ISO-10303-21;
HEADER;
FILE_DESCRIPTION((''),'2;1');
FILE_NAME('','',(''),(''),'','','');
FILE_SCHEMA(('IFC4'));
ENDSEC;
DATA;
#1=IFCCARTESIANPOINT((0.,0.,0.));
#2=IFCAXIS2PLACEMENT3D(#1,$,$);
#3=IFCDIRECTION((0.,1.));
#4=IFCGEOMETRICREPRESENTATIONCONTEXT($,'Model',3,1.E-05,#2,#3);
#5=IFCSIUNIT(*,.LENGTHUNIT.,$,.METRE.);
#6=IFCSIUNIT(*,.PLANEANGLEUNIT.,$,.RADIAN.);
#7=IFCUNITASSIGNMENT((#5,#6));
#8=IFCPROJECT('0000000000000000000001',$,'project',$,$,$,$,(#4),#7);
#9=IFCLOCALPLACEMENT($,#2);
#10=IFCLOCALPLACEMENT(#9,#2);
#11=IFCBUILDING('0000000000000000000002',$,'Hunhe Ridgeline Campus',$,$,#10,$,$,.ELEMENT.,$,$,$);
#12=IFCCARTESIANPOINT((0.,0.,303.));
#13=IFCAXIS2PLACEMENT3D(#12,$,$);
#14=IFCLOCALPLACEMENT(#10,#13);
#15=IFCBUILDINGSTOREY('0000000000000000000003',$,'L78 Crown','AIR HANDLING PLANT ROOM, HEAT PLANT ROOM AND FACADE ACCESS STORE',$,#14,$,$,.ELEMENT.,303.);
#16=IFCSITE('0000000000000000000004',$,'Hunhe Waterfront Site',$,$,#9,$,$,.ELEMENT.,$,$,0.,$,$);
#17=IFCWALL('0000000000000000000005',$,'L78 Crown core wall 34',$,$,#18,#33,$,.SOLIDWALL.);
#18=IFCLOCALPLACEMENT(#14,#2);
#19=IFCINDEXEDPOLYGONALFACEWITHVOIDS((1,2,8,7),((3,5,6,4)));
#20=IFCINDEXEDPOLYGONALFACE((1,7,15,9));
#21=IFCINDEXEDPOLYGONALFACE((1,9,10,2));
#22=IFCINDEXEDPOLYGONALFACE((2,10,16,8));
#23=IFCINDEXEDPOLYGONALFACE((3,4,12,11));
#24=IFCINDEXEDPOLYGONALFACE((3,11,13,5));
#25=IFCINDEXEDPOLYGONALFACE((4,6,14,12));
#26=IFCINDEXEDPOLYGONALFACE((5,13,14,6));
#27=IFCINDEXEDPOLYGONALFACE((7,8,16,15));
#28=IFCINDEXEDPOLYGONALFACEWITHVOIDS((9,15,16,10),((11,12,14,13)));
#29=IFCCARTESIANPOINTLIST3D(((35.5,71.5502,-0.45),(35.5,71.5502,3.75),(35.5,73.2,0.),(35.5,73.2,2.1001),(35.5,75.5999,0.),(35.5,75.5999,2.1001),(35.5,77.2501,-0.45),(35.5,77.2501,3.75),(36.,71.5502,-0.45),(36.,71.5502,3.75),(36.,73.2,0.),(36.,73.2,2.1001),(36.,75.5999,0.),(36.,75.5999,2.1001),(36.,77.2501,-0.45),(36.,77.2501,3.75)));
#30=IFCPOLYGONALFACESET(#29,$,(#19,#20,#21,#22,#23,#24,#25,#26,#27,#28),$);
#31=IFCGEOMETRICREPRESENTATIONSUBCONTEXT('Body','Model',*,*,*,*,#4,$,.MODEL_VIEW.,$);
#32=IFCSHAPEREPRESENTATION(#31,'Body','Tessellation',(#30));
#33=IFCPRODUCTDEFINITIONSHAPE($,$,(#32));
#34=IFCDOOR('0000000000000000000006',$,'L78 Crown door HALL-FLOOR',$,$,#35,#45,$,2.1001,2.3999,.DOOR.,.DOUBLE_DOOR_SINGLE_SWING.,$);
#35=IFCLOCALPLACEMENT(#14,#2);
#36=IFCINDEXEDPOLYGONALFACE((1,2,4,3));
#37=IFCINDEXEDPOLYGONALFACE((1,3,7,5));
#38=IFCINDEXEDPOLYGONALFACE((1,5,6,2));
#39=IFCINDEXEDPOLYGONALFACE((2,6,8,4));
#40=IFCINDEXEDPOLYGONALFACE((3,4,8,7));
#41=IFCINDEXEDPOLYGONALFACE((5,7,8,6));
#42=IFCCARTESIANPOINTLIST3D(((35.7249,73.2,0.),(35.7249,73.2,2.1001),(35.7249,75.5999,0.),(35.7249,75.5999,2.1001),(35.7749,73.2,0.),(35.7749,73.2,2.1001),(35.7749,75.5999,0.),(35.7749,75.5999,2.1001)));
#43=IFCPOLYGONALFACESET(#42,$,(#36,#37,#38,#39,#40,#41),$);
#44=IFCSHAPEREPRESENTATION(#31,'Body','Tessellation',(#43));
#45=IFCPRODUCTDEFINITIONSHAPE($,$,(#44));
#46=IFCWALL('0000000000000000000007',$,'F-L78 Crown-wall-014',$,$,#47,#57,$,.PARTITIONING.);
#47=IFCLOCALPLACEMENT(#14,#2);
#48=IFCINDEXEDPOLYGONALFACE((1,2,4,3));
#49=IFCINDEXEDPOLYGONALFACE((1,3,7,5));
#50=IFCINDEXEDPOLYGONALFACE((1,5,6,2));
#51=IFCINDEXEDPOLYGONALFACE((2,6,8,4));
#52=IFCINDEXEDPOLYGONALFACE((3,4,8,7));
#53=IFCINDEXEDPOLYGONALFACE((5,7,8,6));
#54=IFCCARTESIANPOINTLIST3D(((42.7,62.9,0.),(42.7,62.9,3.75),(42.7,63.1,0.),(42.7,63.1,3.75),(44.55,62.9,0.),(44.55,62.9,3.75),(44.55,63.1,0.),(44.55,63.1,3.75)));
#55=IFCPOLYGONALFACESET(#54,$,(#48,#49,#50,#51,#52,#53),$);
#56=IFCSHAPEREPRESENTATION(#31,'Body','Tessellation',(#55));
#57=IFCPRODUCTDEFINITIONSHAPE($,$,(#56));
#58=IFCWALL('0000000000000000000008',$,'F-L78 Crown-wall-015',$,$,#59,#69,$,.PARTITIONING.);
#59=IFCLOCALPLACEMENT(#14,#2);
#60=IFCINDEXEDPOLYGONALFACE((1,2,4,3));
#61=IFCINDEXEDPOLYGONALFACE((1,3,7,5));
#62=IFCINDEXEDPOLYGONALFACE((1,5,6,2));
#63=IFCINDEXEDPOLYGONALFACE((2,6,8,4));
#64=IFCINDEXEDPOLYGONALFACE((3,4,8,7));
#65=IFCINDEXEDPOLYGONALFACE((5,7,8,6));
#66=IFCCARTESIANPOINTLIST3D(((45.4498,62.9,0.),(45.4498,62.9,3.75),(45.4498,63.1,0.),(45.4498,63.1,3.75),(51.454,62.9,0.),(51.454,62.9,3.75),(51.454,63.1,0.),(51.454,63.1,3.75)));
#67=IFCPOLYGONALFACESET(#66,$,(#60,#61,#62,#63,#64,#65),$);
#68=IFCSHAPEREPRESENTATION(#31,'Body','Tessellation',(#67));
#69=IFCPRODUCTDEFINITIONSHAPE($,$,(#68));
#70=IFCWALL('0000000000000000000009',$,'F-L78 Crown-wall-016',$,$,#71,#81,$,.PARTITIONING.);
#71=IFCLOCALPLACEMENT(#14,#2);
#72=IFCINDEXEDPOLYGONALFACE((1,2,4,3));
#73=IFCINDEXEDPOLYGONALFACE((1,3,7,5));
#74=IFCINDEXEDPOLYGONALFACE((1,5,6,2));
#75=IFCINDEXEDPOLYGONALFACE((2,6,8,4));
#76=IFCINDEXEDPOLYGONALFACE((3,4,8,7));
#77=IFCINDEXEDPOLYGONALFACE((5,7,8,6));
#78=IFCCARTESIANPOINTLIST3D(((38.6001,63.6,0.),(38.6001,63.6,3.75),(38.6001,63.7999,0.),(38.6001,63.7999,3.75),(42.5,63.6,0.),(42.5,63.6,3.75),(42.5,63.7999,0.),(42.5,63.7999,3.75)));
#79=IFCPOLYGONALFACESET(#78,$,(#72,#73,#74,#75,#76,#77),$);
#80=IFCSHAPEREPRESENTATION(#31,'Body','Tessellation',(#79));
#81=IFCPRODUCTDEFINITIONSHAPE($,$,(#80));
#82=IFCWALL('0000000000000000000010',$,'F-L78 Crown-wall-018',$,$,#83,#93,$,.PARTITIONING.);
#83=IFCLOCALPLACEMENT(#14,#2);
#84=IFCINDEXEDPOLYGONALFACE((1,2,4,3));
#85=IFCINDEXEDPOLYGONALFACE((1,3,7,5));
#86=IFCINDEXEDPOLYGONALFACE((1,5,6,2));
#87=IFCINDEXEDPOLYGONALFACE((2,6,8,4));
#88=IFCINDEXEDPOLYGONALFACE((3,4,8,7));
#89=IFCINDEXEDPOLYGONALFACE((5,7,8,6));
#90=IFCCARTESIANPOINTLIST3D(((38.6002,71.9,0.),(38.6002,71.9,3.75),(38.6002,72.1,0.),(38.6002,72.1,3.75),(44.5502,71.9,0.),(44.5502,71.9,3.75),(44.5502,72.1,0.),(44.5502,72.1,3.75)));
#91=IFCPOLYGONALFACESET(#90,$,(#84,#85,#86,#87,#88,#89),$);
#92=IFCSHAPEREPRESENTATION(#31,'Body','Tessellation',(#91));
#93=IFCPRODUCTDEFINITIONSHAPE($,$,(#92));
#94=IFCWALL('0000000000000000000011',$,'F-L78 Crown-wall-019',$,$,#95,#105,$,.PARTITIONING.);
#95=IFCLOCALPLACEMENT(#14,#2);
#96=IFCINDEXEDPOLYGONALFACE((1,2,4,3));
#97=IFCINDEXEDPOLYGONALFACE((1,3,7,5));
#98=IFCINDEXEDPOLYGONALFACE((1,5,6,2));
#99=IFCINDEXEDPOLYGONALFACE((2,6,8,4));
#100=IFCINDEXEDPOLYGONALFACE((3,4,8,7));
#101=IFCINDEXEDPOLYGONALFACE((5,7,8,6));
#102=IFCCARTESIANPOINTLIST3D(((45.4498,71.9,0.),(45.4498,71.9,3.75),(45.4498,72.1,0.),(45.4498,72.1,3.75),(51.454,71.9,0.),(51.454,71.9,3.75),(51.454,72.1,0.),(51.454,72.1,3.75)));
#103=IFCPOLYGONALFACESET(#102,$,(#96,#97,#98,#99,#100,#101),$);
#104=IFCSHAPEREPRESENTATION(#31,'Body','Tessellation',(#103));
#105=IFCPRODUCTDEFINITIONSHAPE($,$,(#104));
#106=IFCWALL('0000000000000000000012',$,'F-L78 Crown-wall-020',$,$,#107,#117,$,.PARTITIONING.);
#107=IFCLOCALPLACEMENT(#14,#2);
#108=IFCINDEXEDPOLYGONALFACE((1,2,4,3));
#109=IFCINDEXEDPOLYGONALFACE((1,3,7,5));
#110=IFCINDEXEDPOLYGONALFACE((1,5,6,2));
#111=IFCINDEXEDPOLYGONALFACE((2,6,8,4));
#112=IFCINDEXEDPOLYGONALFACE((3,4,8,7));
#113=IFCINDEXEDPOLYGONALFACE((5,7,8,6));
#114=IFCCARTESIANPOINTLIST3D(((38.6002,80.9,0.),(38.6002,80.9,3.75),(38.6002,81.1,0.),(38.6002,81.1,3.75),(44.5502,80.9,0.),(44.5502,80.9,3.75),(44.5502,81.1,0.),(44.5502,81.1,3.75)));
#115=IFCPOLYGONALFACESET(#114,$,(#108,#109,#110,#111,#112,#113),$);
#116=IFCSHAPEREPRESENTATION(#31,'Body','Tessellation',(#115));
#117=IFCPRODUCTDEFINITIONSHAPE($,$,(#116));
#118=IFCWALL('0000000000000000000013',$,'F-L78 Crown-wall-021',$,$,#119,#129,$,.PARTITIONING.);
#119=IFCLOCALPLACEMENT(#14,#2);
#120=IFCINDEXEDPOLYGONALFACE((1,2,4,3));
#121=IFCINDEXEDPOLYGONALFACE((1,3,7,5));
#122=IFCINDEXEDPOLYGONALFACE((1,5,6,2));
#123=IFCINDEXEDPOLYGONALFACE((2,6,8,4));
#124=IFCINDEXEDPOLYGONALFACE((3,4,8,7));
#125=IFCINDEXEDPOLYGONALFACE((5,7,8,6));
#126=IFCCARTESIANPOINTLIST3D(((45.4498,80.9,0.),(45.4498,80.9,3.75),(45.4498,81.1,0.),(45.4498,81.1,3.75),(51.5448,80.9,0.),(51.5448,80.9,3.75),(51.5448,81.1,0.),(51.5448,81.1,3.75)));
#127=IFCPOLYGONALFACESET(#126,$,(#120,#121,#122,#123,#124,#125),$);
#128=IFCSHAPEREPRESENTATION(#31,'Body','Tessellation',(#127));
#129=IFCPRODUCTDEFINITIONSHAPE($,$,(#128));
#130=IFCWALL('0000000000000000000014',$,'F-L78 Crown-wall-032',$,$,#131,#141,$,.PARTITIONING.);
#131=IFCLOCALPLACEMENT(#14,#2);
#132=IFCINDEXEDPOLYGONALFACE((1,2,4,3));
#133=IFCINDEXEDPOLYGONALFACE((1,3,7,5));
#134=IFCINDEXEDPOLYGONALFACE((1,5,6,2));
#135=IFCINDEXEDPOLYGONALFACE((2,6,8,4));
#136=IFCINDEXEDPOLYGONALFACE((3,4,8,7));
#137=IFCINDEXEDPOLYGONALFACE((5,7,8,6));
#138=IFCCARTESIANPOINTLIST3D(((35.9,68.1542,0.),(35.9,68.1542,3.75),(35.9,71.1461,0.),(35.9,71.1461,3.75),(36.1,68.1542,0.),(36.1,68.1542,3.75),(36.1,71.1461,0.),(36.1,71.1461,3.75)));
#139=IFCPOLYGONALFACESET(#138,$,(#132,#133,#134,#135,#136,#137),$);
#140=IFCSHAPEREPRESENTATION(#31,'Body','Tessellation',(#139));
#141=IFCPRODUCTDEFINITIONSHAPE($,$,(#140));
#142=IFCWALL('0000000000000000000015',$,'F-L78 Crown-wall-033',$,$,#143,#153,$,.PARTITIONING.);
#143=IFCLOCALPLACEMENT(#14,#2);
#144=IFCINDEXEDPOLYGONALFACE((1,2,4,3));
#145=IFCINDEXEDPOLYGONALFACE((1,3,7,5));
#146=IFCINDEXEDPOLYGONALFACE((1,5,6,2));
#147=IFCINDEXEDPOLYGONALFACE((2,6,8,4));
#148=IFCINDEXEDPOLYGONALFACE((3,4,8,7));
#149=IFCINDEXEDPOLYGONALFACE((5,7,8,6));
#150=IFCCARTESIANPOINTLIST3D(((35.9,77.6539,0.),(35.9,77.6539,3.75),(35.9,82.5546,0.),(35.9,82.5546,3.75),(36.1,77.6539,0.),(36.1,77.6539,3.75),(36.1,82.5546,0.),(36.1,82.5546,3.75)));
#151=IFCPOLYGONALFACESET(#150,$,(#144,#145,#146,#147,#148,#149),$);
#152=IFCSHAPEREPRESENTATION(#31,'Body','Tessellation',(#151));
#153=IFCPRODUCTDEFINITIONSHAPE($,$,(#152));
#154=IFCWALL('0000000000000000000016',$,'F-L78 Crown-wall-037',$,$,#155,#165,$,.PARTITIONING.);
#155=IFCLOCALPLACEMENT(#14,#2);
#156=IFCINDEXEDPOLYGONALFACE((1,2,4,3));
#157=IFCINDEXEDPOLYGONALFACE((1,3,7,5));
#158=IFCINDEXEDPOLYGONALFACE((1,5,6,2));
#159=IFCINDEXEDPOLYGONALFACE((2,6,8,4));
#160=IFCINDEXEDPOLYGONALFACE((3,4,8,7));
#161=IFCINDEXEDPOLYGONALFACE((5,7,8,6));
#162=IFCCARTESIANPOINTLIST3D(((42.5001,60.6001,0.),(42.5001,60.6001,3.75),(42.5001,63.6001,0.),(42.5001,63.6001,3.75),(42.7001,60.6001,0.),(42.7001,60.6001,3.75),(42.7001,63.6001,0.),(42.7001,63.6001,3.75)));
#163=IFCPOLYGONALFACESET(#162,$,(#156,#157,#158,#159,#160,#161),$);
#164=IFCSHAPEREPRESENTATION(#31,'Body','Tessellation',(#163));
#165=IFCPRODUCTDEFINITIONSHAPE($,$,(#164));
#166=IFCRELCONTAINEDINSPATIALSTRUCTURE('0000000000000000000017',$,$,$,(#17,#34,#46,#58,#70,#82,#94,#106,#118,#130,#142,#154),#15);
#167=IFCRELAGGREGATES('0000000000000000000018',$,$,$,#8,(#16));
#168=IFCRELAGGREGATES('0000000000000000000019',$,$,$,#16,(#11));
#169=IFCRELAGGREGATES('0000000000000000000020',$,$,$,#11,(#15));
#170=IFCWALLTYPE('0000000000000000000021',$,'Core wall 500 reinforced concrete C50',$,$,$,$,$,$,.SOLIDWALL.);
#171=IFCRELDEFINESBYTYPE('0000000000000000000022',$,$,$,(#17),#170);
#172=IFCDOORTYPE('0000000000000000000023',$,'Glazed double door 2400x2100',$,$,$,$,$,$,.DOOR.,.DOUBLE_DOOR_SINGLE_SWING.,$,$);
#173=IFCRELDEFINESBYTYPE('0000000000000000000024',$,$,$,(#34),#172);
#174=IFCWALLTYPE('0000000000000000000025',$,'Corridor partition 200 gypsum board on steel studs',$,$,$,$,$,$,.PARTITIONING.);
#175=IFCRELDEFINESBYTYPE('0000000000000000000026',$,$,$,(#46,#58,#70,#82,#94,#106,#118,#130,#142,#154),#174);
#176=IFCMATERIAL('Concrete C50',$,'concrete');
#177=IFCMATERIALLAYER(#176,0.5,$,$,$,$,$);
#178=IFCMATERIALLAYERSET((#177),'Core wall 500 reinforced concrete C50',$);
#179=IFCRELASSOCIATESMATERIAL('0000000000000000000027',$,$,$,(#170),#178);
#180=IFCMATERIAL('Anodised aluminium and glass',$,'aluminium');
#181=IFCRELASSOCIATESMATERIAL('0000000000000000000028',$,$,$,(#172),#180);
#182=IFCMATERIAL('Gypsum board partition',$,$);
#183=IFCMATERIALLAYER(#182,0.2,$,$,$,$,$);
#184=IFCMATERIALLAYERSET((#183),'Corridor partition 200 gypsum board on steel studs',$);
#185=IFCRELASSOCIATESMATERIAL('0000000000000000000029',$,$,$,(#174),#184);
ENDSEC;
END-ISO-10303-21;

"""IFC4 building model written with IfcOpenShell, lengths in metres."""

from ifc_helpers import new_model, si_unit, direction, frame, frame_2d, origin, place, context, subcontext, project, spatial, rectangle, extrude, material, layer, layer_set, type_object, element, fill, save


model = new_model("IFC4")

# Units and contexts
model_context = context("Model", 3, precision=1e-05, world=origin(), true_north=direction((0.0, 1.0)))
body_context = subcontext(model_context, "Body", "Model", "MODEL_VIEW")
ifc_project = project(units=[si_unit("LENGTHUNIT", "METRE"), si_unit("PLANEANGLEUNIT", "RADIAN")], contexts=[model_context])

# Site, building, storey
site_placement = place(None, origin())
site = spatial("IfcSite", under=ifc_project, at=site_placement, Name="Hunhe Waterfront Site", CompositionType="ELEMENT", RefElevation=0.0)
building_placement = place(site_placement, origin())
building = spatial("IfcBuilding", under=site, at=building_placement, Name="Hunhe Ridgeline Campus", CompositionType="ELEMENT")
storey_placement = place(building_placement, frame((0.0, 0.0, 303.0)))
storey = spatial("IfcBuildingStorey", under=building, at=storey_placement, Name="L78 Crown", Description="AIR HANDLING PLANT ROOM, HEAT PLANT ROOM AND FACADE ACCESS STORE", CompositionType="ELEMENT", Elevation=303.0)

# Shared definitions
ifc_material_1 = material(Name="Concrete C50", Category="concrete")

# Wall, opening, door
ifc_layer_1 = layer(ifc_material_1, 0.5)
ifc_layer_set_1 = layer_set([ifc_layer_1], Name="Core wall 500 reinforced concrete C50")
wall_type_1 = type_object("IfcWallType", Name="Core wall 500 reinforced concrete C50", PredefinedType="SOLIDWALL", material=ifc_layer_set_1)
wall_1_placement = place(storey_placement, frame((35.75, 71.55, -0.45), z_axis=(0.0, 0.0, 1.0), x_axis=(0.0, 1.0, 0.0)))
wall_1 = element("IfcWall", 1, at=wall_1_placement, inside=storey, type_object=wall_type_1, Name="L78 Crown core wall 34", PredefinedType="SOLIDWALL", context=body_context, shape_type="SweptSolid", body=[
    extrude(rectangle(XDim=5.7, YDim=0.5, at=frame_2d((2.8501, 0.0))), origin(), (0.0, 0.0, 1.0), 4.2),
])
opening_1_placement = place(wall_1_placement, frame((1.6499, 0.0, 0.45)))
opening_1 = element("IfcOpeningElement", 2, at=opening_1_placement, cuts=wall_1, PredefinedType="OPENING", context=body_context, shape_type="SweptSolid", body=[
    extrude(rectangle(XDim=2.3999, YDim=2.1001, at=frame_2d((1.2, 1.05))), frame((0.0, 0.25, 0.0), z_axis=(0.0, -1.0, 0.0), x_axis=(1.0, 0.0, 0.0)), (0.0, 0.0, 1.0), 0.5),
])
ifc_material_2 = material(Name="Anodised aluminium and glass", Category="aluminium")
door_type_1 = type_object("IfcDoorType", Name="Glazed double door 2400x2100", OperationType="DOUBLE_DOOR_SINGLE_SWING", PredefinedType="DOOR", material=ifc_material_2)
door_1_placement = place(opening_1_placement, frame((2.3999, 0.0, 0.0), z_axis=(0.0, 0.0, 1.0), x_axis=(-1.0, 0.0, 0.0)))
door_1 = element("IfcDoor", 3, at=door_1_placement, inside=storey, type_object=door_type_1, Name="L78 Crown door HALL-FLOOR", OperationType="DOUBLE_DOOR_SINGLE_SWING", OverallHeight=2.1001, OverallWidth=2.3999, PredefinedType="DOOR", context=body_context, shape_type="SweptSolid", body=[
    extrude(rectangle(XDim=2.3999, YDim=2.1001, at=frame_2d((1.2, 1.05))), frame((0.0, 0.0249, 0.0), z_axis=(0.0, -1.0, 0.0), x_axis=(1.0, 0.0, 0.0)), (0.0, 0.0, 1.0), 0.05),
])
fill(opening_1, door_1)

# Walls
ifc_material_3 = material(Name="Gypsum board partition")
ifc_layer_2 = layer(ifc_material_3, 0.2)
ifc_layer_set_2 = layer_set([ifc_layer_2], Name="Corridor partition 200 gypsum board on steel studs")
wall_type_2 = type_object("IfcWallType", Name="Corridor partition 200 gypsum board on steel studs", PredefinedType="PARTITIONING", material=ifc_layer_set_2)
wall_2_placement = place(storey_placement, frame((42.7, 63.0, 0.0), z_axis=(0.0, 0.0, 1.0), x_axis=(1.0, 0.0, 0.0)))
element("IfcWall", 4, at=wall_2_placement, inside=storey, type_object=wall_type_2, Name="F-L78 Crown-wall-014", PredefinedType="PARTITIONING", context=body_context, shape_type="SweptSolid", body=[
    extrude(rectangle(XDim=1.8501, YDim=0.2, at=frame_2d((0.925, 0.0))), origin(), (0.0, 0.0, 1.0), 3.75),
])
wall_3_placement = place(storey_placement, frame((45.45, 63.0, 0.0), z_axis=(0.0, 0.0, 1.0), x_axis=(1.0, 0.0, 0.0)))
element("IfcWall", 5, at=wall_3_placement, inside=storey, type_object=wall_type_2, Name="F-L78 Crown-wall-015", PredefinedType="PARTITIONING", context=body_context, shape_type="SweptSolid", body=[
    extrude(rectangle(XDim=6.0042, YDim=0.2, at=frame_2d((3.002, 0.0))), origin(), (0.0, 0.0, 1.0), 3.75),
])
wall_4_placement = place(storey_placement, frame((38.6001, 63.7, 0.0), z_axis=(0.0, 0.0, 1.0), x_axis=(1.0, 0.0, 0.0)))
element("IfcWall", 6, at=wall_4_placement, inside=storey, type_object=wall_type_2, Name="F-L78 Crown-wall-016", PredefinedType="PARTITIONING", context=body_context, shape_type="SweptSolid", body=[
    extrude(rectangle(XDim=3.8999, YDim=0.2, at=frame_2d((1.95, 0.0))), origin(), (0.0, 0.0, 1.0), 3.75),
])
wall_5_placement = place(storey_placement, frame((38.6001, 72.0, 0.0), z_axis=(0.0, 0.0, 1.0), x_axis=(1.0, 0.0, 0.0)))
element("IfcWall", 7, at=wall_5_placement, inside=storey, type_object=wall_type_2, Name="F-L78 Crown-wall-018", PredefinedType="PARTITIONING", context=body_context, shape_type="SweptSolid", body=[
    extrude(rectangle(XDim=5.95, YDim=0.2, at=frame_2d((2.9751, 0.0))), origin(), (0.0, 0.0, 1.0), 3.75),
])
wall_6_placement = place(storey_placement, frame((45.45, 72.0, 0.0), z_axis=(0.0, 0.0, 1.0), x_axis=(1.0, 0.0, 0.0)))
element("IfcWall", 8, at=wall_6_placement, inside=storey, type_object=wall_type_2, Name="F-L78 Crown-wall-019", PredefinedType="PARTITIONING", context=body_context, shape_type="SweptSolid", body=[
    extrude(rectangle(XDim=6.0042, YDim=0.2, at=frame_2d((3.002, 0.0))), origin(), (0.0, 0.0, 1.0), 3.75),
])
wall_7_placement = place(storey_placement, frame((38.6001, 81.0, 0.0), z_axis=(0.0, 0.0, 1.0), x_axis=(1.0, 0.0, 0.0)))
element("IfcWall", 9, at=wall_7_placement, inside=storey, type_object=wall_type_2, Name="F-L78 Crown-wall-020", PredefinedType="PARTITIONING", context=body_context, shape_type="SweptSolid", body=[
    extrude(rectangle(XDim=5.95, YDim=0.2, at=frame_2d((2.9751, 0.0))), origin(), (0.0, 0.0, 1.0), 3.75),
])
wall_8_placement = place(storey_placement, frame((45.45, 81.0, 0.0), z_axis=(0.0, 0.0, 1.0), x_axis=(1.0, 0.0, 0.0)))
element("IfcWall", 10, at=wall_8_placement, inside=storey, type_object=wall_type_2, Name="F-L78 Crown-wall-021", PredefinedType="PARTITIONING", context=body_context, shape_type="SweptSolid", body=[
    extrude(rectangle(XDim=6.095, YDim=0.2, at=frame_2d((3.0474, 0.0))), origin(), (0.0, 0.0, 1.0), 3.75),
])
wall_9_placement = place(storey_placement, frame((36.0, 68.1541, 0.0), z_axis=(0.0, 0.0, 1.0), x_axis=(0.0, 1.0, 0.0)))
element("IfcWall", 11, at=wall_9_placement, inside=storey, type_object=wall_type_2, Name="F-L78 Crown-wall-032", PredefinedType="PARTITIONING", context=body_context, shape_type="SweptSolid", body=[
    extrude(rectangle(XDim=2.9919, YDim=0.2, at=frame_2d((1.4961, 0.0))), origin(), (0.0, 0.0, 1.0), 3.75),
])
wall_10_placement = place(storey_placement, frame((36.0, 77.6541, 0.0), z_axis=(0.0, 0.0, 1.0), x_axis=(0.0, 1.0, 0.0)))
element("IfcWall", 12, at=wall_10_placement, inside=storey, type_object=wall_type_2, Name="F-L78 Crown-wall-033", PredefinedType="PARTITIONING", context=body_context, shape_type="SweptSolid", body=[
    extrude(rectangle(XDim=4.9006, YDim=0.2, at=frame_2d((2.4502, 0.0))), origin(), (0.0, 0.0, 1.0), 3.75),
])
wall_11_placement = place(storey_placement, frame((42.6001, 63.6001, 0.0), z_axis=(0.0, 0.0, 1.0), x_axis=(0.0, -1.0, 0.0)))
element("IfcWall", 13, at=wall_11_placement, inside=storey, type_object=wall_type_2, Name="F-L78 Crown-wall-037", PredefinedType="PARTITIONING", context=body_context, shape_type="SweptSolid", body=[
    extrude(rectangle(XDim=3.0, YDim=0.2, at=frame_2d((1.5, 0.0))), origin(), (0.0, 0.0, 1.0), 3.75),
])

save(model, "model.ifc")
